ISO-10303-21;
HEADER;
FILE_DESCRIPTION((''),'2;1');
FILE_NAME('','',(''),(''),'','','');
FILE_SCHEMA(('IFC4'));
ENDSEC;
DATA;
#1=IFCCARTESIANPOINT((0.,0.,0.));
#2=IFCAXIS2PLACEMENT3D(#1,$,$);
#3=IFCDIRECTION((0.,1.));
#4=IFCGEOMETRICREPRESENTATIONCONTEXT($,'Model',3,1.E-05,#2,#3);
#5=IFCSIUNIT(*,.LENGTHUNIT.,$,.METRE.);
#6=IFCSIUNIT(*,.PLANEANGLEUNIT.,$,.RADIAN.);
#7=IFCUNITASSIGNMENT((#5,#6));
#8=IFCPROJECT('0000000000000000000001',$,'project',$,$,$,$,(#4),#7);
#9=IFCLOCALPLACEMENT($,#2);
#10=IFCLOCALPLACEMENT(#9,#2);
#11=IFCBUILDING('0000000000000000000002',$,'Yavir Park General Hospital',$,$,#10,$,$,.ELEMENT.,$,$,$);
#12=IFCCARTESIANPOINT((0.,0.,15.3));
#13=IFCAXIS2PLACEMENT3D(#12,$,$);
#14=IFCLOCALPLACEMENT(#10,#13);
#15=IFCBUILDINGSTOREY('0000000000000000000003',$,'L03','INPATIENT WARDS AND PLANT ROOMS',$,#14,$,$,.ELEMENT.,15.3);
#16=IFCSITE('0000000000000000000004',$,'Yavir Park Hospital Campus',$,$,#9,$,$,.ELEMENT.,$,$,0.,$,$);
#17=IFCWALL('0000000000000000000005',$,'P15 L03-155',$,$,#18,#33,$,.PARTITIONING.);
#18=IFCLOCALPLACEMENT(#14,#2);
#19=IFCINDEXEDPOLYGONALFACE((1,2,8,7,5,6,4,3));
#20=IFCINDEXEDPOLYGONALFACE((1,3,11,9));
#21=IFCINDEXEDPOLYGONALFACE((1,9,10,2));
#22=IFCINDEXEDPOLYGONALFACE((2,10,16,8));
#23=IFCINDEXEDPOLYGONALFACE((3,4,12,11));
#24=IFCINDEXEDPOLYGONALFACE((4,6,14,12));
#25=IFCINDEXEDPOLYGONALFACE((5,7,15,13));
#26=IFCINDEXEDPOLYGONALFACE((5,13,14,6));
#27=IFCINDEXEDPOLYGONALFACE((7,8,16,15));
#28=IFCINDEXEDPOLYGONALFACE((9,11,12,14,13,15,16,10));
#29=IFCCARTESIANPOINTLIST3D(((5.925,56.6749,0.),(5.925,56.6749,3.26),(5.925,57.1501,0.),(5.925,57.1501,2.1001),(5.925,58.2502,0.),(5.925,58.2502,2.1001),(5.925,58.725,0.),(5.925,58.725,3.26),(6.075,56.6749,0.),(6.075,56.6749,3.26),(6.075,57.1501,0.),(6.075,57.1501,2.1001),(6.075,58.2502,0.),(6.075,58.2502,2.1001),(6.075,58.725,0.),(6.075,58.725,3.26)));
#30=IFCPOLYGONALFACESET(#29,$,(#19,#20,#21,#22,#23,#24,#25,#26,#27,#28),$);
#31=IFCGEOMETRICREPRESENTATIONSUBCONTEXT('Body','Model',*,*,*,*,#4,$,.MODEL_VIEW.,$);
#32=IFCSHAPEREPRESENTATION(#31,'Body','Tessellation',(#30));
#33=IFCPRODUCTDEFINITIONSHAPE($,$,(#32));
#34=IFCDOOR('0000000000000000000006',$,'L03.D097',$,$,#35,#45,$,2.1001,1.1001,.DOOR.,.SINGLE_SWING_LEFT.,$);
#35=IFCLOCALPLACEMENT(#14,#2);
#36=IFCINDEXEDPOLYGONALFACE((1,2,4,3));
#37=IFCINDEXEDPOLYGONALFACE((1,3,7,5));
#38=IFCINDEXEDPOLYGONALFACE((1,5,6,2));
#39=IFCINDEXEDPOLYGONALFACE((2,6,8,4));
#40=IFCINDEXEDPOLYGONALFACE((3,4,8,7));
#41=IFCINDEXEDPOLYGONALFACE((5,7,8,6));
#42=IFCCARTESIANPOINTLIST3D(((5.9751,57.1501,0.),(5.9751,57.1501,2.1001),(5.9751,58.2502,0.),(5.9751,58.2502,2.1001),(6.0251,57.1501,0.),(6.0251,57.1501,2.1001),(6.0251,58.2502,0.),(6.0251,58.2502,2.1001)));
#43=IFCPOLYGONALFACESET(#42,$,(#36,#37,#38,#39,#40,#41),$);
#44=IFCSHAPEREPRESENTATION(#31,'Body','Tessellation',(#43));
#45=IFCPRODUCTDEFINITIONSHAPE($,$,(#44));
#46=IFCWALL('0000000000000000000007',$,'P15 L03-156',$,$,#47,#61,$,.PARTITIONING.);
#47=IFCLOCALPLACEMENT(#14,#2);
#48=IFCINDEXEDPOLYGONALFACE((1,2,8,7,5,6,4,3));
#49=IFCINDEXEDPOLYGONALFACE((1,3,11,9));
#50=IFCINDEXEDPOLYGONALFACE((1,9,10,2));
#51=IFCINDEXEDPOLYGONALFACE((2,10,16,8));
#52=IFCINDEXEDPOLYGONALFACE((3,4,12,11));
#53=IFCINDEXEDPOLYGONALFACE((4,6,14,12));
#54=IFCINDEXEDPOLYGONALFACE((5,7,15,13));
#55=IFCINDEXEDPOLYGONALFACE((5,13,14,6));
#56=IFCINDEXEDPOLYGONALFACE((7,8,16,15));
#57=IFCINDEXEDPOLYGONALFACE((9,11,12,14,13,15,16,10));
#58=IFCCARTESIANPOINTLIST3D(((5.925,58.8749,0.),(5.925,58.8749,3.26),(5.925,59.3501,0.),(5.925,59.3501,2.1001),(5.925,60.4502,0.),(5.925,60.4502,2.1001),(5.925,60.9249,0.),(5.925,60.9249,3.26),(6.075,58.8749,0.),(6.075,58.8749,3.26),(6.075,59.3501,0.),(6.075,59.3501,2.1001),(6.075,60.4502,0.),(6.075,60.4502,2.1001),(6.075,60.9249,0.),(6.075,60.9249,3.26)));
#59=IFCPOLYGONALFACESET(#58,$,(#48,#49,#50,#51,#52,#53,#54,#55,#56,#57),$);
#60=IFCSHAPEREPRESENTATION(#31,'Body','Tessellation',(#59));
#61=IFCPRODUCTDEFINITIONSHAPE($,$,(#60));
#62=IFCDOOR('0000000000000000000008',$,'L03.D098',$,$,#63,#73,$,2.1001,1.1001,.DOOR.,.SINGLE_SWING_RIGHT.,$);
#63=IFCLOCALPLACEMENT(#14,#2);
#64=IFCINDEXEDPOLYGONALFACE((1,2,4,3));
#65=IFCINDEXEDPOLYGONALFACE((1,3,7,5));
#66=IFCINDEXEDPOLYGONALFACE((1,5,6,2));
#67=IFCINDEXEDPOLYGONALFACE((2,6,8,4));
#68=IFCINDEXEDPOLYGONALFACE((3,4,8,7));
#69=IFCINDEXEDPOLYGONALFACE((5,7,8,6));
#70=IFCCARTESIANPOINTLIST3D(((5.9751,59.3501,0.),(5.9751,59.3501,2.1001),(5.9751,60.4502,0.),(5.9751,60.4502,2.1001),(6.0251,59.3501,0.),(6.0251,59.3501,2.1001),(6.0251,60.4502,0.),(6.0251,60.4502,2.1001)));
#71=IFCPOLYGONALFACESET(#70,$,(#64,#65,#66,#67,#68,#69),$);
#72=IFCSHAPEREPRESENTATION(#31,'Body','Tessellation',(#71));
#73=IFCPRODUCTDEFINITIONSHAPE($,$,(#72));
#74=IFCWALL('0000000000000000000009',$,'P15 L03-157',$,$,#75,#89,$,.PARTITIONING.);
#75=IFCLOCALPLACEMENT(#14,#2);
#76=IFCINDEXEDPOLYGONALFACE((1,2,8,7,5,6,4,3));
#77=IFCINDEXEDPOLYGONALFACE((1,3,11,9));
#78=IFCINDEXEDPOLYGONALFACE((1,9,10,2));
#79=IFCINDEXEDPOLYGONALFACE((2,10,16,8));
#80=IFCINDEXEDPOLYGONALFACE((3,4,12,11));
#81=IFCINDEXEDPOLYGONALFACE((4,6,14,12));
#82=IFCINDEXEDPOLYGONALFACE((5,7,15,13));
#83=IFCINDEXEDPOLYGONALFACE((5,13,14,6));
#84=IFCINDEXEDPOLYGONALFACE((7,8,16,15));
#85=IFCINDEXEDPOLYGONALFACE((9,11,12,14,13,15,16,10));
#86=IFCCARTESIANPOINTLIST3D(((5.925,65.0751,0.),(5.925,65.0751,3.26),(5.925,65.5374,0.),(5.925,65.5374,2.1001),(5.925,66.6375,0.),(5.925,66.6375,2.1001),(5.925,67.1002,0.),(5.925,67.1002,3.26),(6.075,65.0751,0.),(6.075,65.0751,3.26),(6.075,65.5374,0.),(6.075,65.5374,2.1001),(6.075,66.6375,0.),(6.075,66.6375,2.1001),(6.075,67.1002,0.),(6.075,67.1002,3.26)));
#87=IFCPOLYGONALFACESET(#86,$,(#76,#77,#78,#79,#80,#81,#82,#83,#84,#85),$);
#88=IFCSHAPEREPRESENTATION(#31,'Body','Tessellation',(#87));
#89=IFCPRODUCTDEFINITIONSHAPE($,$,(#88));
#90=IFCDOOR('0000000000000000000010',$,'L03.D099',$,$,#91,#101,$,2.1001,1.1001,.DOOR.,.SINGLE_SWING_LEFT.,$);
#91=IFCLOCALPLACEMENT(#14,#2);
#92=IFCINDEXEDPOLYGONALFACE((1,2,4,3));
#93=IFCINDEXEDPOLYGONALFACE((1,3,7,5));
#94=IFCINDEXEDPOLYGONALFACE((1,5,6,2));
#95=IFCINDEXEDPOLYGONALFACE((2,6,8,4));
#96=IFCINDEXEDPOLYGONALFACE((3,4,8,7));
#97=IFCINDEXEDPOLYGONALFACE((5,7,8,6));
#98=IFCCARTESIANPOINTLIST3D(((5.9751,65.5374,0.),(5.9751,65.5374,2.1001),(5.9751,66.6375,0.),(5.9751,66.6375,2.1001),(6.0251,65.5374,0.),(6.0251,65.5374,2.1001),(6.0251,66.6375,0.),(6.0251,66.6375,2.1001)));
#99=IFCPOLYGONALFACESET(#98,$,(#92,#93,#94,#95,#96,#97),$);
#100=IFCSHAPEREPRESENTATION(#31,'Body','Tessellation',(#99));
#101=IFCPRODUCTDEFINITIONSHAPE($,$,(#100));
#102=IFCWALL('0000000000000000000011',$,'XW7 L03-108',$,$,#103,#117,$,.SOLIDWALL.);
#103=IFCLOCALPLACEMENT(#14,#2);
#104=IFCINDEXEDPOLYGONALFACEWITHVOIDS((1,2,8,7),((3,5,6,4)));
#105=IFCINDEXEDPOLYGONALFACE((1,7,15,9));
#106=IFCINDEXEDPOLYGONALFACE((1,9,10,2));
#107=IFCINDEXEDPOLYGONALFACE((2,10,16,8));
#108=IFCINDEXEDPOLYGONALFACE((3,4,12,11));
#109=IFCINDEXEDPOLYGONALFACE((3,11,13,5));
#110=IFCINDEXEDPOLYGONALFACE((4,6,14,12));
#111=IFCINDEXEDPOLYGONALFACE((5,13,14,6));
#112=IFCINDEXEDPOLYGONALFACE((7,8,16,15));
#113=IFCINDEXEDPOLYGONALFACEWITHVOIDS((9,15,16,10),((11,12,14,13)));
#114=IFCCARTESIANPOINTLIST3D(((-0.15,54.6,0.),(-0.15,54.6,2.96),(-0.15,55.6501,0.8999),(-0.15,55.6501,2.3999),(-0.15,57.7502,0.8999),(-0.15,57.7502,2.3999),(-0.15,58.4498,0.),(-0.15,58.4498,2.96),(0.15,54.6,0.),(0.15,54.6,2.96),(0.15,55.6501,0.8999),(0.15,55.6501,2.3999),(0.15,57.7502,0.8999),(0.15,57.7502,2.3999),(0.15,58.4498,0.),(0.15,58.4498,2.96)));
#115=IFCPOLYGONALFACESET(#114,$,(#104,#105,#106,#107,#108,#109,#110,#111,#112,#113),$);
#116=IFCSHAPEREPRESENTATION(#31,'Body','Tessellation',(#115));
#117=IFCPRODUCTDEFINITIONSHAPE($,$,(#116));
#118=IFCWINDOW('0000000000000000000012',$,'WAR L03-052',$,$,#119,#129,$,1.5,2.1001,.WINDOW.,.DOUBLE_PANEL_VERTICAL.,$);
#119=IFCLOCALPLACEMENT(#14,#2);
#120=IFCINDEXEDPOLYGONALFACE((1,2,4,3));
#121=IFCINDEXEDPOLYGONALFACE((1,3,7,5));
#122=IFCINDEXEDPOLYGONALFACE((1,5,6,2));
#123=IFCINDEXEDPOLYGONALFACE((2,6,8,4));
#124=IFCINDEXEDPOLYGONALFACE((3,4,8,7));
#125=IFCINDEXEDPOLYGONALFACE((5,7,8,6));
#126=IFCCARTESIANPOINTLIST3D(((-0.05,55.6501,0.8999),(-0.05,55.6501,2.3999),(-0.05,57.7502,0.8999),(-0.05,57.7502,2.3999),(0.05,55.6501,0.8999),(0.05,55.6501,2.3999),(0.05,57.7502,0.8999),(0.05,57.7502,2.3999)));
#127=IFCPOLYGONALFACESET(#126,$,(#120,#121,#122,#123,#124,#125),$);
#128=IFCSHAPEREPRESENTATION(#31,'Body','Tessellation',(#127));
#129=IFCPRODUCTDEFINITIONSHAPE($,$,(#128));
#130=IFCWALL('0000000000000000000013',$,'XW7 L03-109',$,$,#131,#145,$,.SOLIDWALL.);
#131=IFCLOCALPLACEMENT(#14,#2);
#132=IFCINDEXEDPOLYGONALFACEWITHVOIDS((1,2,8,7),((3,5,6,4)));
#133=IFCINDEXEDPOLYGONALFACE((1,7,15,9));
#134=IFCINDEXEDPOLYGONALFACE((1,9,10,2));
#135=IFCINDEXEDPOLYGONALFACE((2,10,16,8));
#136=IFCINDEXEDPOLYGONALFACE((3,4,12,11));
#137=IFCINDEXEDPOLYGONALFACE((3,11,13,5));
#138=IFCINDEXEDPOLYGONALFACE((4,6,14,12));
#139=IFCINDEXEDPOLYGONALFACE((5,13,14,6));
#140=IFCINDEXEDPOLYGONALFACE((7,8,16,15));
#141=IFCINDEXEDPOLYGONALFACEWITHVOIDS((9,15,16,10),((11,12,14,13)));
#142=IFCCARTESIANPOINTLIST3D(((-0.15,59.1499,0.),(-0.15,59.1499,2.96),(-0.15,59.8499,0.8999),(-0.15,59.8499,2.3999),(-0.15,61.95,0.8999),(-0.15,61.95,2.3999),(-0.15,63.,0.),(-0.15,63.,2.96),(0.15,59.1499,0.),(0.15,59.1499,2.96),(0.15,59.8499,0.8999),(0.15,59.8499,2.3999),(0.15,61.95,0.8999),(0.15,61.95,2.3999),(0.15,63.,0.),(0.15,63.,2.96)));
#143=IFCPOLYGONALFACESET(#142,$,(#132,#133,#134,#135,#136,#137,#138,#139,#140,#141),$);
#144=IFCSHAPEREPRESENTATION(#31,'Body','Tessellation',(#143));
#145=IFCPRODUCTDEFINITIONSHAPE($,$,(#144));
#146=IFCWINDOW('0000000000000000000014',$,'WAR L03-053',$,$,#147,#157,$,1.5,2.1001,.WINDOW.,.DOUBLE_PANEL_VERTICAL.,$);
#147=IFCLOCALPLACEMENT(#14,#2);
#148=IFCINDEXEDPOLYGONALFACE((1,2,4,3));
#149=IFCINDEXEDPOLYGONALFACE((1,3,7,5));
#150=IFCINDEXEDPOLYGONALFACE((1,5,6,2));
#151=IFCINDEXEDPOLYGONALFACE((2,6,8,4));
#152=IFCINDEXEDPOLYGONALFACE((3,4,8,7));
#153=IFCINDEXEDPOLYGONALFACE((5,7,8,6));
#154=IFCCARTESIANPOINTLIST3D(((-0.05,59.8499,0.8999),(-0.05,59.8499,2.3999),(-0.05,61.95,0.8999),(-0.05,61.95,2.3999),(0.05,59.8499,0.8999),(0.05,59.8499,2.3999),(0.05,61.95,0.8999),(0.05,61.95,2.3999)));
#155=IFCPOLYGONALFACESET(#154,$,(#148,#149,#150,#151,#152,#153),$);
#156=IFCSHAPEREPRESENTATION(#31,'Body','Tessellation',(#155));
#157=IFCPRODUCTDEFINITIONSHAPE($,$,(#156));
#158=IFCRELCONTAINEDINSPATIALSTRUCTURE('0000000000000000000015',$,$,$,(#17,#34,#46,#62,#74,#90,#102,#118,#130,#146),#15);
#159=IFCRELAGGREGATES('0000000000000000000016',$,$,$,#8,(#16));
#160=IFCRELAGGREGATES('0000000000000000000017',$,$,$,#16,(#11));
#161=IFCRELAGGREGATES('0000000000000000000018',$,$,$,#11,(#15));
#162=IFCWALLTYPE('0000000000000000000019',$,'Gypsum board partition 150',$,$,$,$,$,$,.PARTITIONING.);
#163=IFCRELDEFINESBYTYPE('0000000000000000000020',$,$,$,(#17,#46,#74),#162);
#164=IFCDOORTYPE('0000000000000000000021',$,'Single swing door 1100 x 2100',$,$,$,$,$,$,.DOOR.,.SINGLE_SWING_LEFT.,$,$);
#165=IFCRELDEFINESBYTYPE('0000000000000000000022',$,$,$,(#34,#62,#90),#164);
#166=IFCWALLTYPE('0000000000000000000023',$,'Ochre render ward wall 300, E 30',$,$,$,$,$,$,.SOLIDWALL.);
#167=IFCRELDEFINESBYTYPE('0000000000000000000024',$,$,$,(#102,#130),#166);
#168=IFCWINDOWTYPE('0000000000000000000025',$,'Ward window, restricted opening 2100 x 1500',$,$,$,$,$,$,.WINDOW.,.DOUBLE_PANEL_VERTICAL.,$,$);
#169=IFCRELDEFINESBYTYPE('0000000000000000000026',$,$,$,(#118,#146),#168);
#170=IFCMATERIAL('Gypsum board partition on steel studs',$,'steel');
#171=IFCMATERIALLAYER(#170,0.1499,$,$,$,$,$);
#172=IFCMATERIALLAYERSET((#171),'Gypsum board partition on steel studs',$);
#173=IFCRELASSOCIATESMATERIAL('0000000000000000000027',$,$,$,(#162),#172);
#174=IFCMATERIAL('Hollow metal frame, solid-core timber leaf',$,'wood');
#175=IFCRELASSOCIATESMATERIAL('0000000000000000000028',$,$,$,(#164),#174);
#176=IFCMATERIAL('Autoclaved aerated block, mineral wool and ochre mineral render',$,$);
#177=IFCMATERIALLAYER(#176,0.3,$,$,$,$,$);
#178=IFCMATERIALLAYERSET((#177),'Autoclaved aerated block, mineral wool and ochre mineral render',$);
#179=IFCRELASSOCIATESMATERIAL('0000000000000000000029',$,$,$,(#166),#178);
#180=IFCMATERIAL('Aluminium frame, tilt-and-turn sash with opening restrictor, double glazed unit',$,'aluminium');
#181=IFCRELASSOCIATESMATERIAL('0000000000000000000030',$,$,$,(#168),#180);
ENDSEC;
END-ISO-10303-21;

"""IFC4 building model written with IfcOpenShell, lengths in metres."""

from ifc_helpers import new_model, si_unit, direction, frame, frame_2d, origin, place, context, subcontext, project, spatial, rectangle, extrude, material, layer, layer_set, type_object, element, fill, save


model = new_model("IFC4")

# Units and contexts
model_context = context("Model", 3, precision=1e-05, world=origin(), true_north=direction((0.0, 1.0)))
body_context = subcontext(model_context, "Body", "Model", "MODEL_VIEW")
ifc_project = project(units=[si_unit("LENGTHUNIT", "METRE"), si_unit("PLANEANGLEUNIT", "RADIAN")], contexts=[model_context])

# Site, building, storey
site_placement = place(None, origin())
site = spatial("IfcSite", under=ifc_project, at=site_placement, Name="Yavir Park Hospital Campus", CompositionType="ELEMENT", RefElevation=0.0)
building_placement = place(site_placement, origin())
building = spatial("IfcBuilding", under=site, at=building_placement, Name="Yavir Park General Hospital", CompositionType="ELEMENT")
storey_placement = place(building_placement, frame((0.0, 0.0, 15.3)))
storey = spatial("IfcBuildingStorey", under=building, at=storey_placement, Name="L03", Description="INPATIENT WARDS AND PLANT ROOMS", CompositionType="ELEMENT", Elevation=15.3)

# Shared definitions
ifc_material_1 = material(Name="Gypsum board partition on steel studs", Category="steel")
ifc_layer_1 = layer(ifc_material_1, 0.1499)
ifc_layer_set_1 = layer_set([ifc_layer_1], Name="Gypsum board partition on steel studs")
wall_type_1 = type_object("IfcWallType", Name="Gypsum board partition 150", PredefinedType="PARTITIONING", material=ifc_layer_set_1)

# Walls, openings, doors
wall_1_placement = place(storey_placement, frame((6.0, 56.675, 0.0), z_axis=(0.0, 0.0, 1.0), x_axis=(0.0, 1.0, 0.0)))
wall_1 = element("IfcWall", 1, at=wall_1_placement, inside=storey, type_object=wall_type_1, Name="P15 L03-155", PredefinedType="PARTITIONING", context=body_context, shape_type="SweptSolid", body=[
    extrude(rectangle(XDim=2.05, YDim=0.1499, at=frame_2d((1.0249, 0.0))), origin(), (0.0, 0.0, 1.0), 3.26),
])
opening_1_placement = place(wall_1_placement, frame((0.4751, 0.0, 0.0)))
opening_1 = element("IfcOpeningElement", 2, at=opening_1_placement, cuts=wall_1, PredefinedType="OPENING", context=body_context, shape_type="SweptSolid", body=[
    extrude(rectangle(XDim=1.1001, YDim=2.1001, at=frame_2d((0.55, 1.05))), frame((0.0, 0.085, 0.0), z_axis=(0.0, -1.0, 0.0), x_axis=(1.0, 0.0, 0.0)), (0.0, 0.0, 1.0), 0.1699),
])
ifc_material_2 = material(Name="Hollow metal frame, solid-core timber leaf", Category="wood")
door_type_1 = type_object("IfcDoorType", Name="Single swing door 1100 x 2100", OperationType="SINGLE_SWING_LEFT", PredefinedType="DOOR", material=ifc_material_2)
door_1_placement = place(opening_1_placement, origin())
door_1 = element("IfcDoor", 3, at=door_1_placement, inside=storey, type_object=door_type_1, Name="L03.D097", OperationType="SINGLE_SWING_LEFT", OverallHeight=2.1001, OverallWidth=1.1001, PredefinedType="DOOR", context=body_context, shape_type="SweptSolid", body=[
    extrude(rectangle(XDim=1.1001, YDim=2.1001, at=frame_2d((0.55, 1.05))), frame((0.0, 0.0249, 0.0), z_axis=(0.0, -1.0, 0.0), x_axis=(1.0, 0.0, 0.0)), (0.0, 0.0, 1.0), 0.05),
])
fill(opening_1, door_1)
wall_2_placement = place(storey_placement, frame((6.0, 58.875, 0.0), z_axis=(0.0, 0.0, 1.0), x_axis=(0.0, 1.0, 0.0)))
wall_2 = element("IfcWall", 4, at=wall_2_placement, inside=storey, type_object=wall_type_1, Name="P15 L03-156", PredefinedType="PARTITIONING", context=body_context, shape_type="SweptSolid", body=[
    extrude(rectangle(XDim=2.05, YDim=0.1499, at=frame_2d((1.0249, 0.0))), origin(), (0.0, 0.0, 1.0), 3.26),
])
opening_2_placement = place(wall_2_placement, frame((0.4751, 0.0, 0.0)))
opening_2 = element("IfcOpeningElement", 5, at=opening_2_placement, cuts=wall_2, PredefinedType="OPENING", context=body_context, shape_type="SweptSolid", body=[
    extrude(rectangle(XDim=1.1001, YDim=2.1001, at=frame_2d((0.55, 1.05))), frame((0.0, 0.085, 0.0), z_axis=(0.0, -1.0, 0.0), x_axis=(1.0, 0.0, 0.0)), (0.0, 0.0, 1.0), 0.1699),
])
door_2_placement = place(opening_2_placement, origin())
door_2 = element("IfcDoor", 6, at=door_2_placement, inside=storey, type_object=door_type_1, Name="L03.D098", OperationType="SINGLE_SWING_RIGHT", OverallHeight=2.1001, OverallWidth=1.1001, PredefinedType="DOOR", context=body_context, shape_type="SweptSolid", body=[
    extrude(rectangle(XDim=1.1001, YDim=2.1001, at=frame_2d((0.55, 1.05))), frame((0.0, 0.0249, 0.0), z_axis=(0.0, -1.0, 0.0), x_axis=(1.0, 0.0, 0.0)), (0.0, 0.0, 1.0), 0.05),
])
fill(opening_2, door_2)
wall_3_placement = place(storey_placement, frame((6.0, 65.075, 0.0), z_axis=(0.0, 0.0, 1.0), x_axis=(0.0, 1.0, 0.0)))
wall_3 = element("IfcWall", 7, at=wall_3_placement, inside=storey, type_object=wall_type_1, Name="P15 L03-157", PredefinedType="PARTITIONING", context=body_context, shape_type="SweptSolid", body=[
    extrude(rectangle(XDim=2.0251, YDim=0.1499, at=frame_2d((1.0127, 0.0))), origin(), (0.0, 0.0, 1.0), 3.26),
])
opening_3_placement = place(wall_3_placement, frame((0.4624, 0.0, 0.0)))
opening_3 = element("IfcOpeningElement", 8, at=opening_3_placement, cuts=wall_3, PredefinedType="OPENING", context=body_context, shape_type="SweptSolid", body=[
    extrude(rectangle(XDim=1.1001, YDim=2.1001, at=frame_2d((0.55, 1.05))), frame((0.0, 0.085, 0.0), z_axis=(0.0, -1.0, 0.0), x_axis=(1.0, 0.0, 0.0)), (0.0, 0.0, 1.0), 0.1699),
])
door_3_placement = place(opening_3_placement, origin())
door_3 = element("IfcDoor", 9, at=door_3_placement, inside=storey, type_object=door_type_1, Name="L03.D099", OperationType="SINGLE_SWING_LEFT", OverallHeight=2.1001, OverallWidth=1.1001, PredefinedType="DOOR", context=body_context, shape_type="SweptSolid", body=[
    extrude(rectangle(XDim=1.1001, YDim=2.1001, at=frame_2d((0.55, 1.05))), frame((0.0, 0.0249, 0.0), z_axis=(0.0, -1.0, 0.0), x_axis=(1.0, 0.0, 0.0)), (0.0, 0.0, 1.0), 0.05),
])
fill(opening_3, door_3)

# Walls, openings, windows
ifc_material_3 = material(Name="Autoclaved aerated block, mineral wool and ochre mineral render")
ifc_layer_2 = layer(ifc_material_3, 0.3)
ifc_layer_set_2 = layer_set([ifc_layer_2], Name="Autoclaved aerated block, mineral wool and ochre mineral render")
wall_type_2 = type_object("IfcWallType", Name="Ochre render ward wall 300, E 30", PredefinedType="SOLIDWALL", material=ifc_layer_set_2)
wall_4_placement = place(storey_placement, frame((0.0, 54.6001, 0.0), z_axis=(0.0, 0.0, 1.0), x_axis=(0.0, 1.0, 0.0)))
wall_4 = element("IfcWall", 10, at=wall_4_placement, inside=storey, type_object=wall_type_2, Name="XW7 L03-108", PredefinedType="SOLIDWALL", context=body_context, shape_type="SweptSolid", body=[
    extrude(rectangle(XDim=3.8499, YDim=0.3, at=frame_2d((1.9248, 0.0))), origin(), (0.0, 0.0, 1.0), 2.96),
])
opening_4_placement = place(wall_4_placement, frame((1.05, 0.0, 0.8999)))
opening_4 = element("IfcOpeningElement", 11, at=opening_4_placement, cuts=wall_4, PredefinedType="OPENING", context=body_context, shape_type="SweptSolid", body=[
    extrude(rectangle(XDim=2.1001, YDim=1.5, at=frame_2d((1.05, 0.75))), frame((0.0, 0.1599, 0.0), z_axis=(0.0, -1.0, 0.0), x_axis=(1.0, 0.0, 0.0)), (0.0, 0.0, 1.0), 0.3201),
])
ifc_material_4 = material(Name="Aluminium frame, tilt-and-turn sash with opening restrictor, double glazed unit", Category="aluminium")
window_type = type_object("IfcWindowType", Name="Ward window, restricted opening 2100 x 1500", PartitioningType="DOUBLE_PANEL_VERTICAL", PredefinedType="WINDOW", material=ifc_material_4)
window_1_placement = place(opening_4_placement, origin())
window_1 = element("IfcWindow", 12, at=window_1_placement, inside=storey, type_object=window_type, Name="WAR L03-052", OverallHeight=1.5, OverallWidth=2.1001, PartitioningType="DOUBLE_PANEL_VERTICAL", PredefinedType="WINDOW", context=body_context, shape_type="SweptSolid", body=[
    extrude(rectangle(XDim=2.1001, YDim=1.5, at=frame_2d((1.05, 0.75))), frame((0.0, 0.05, 0.0), z_axis=(0.0, -1.0, 0.0), x_axis=(1.0, 0.0, 0.0)), (0.0, 0.0, 1.0), 0.1001),
])
fill(opening_4, window_1)
wall_5_placement = place(storey_placement, frame((0.0, 59.1499, 0.0), z_axis=(0.0, 0.0, 1.0), x_axis=(0.0, 1.0, 0.0)))
wall_5 = element("IfcWall", 13, at=wall_5_placement, inside=storey, type_object=wall_type_2, Name="XW7 L03-109", PredefinedType="SOLIDWALL", context=body_context, shape_type="SweptSolid", body=[
    extrude(rectangle(XDim=3.8501, YDim=0.3, at=frame_2d((1.925, 0.0))), origin(), (0.0, 0.0, 1.0), 2.96),
])
opening_5_placement = place(wall_5_placement, frame((0.7, 0.0, 0.8999)))
opening_5 = element("IfcOpeningElement", 14, at=opening_5_placement, cuts=wall_5, PredefinedType="OPENING", context=body_context, shape_type="SweptSolid", body=[
    extrude(rectangle(XDim=2.1001, YDim=1.5, at=frame_2d((1.05, 0.75))), frame((0.0, 0.1599, 0.0), z_axis=(0.0, -1.0, 0.0), x_axis=(1.0, 0.0, 0.0)), (0.0, 0.0, 1.0), 0.3201),
])
window_2_placement = place(opening_5_placement, origin())
window_2 = element("IfcWindow", 15, at=window_2_placement, inside=storey, type_object=window_type, Name="WAR L03-053", OverallHeight=1.5, OverallWidth=2.1001, PartitioningType="DOUBLE_PANEL_VERTICAL", PredefinedType="WINDOW", context=body_context, shape_type="SweptSolid", body=[
    extrude(rectangle(XDim=2.1001, YDim=1.5, at=frame_2d((1.05, 0.75))), frame((0.0, 0.05, 0.0), z_axis=(0.0, -1.0, 0.0), x_axis=(1.0, 0.0, 0.0)), (0.0, 0.0, 1.0), 0.1001),
])
fill(opening_5, window_2)

save(model, "model.ifc")
